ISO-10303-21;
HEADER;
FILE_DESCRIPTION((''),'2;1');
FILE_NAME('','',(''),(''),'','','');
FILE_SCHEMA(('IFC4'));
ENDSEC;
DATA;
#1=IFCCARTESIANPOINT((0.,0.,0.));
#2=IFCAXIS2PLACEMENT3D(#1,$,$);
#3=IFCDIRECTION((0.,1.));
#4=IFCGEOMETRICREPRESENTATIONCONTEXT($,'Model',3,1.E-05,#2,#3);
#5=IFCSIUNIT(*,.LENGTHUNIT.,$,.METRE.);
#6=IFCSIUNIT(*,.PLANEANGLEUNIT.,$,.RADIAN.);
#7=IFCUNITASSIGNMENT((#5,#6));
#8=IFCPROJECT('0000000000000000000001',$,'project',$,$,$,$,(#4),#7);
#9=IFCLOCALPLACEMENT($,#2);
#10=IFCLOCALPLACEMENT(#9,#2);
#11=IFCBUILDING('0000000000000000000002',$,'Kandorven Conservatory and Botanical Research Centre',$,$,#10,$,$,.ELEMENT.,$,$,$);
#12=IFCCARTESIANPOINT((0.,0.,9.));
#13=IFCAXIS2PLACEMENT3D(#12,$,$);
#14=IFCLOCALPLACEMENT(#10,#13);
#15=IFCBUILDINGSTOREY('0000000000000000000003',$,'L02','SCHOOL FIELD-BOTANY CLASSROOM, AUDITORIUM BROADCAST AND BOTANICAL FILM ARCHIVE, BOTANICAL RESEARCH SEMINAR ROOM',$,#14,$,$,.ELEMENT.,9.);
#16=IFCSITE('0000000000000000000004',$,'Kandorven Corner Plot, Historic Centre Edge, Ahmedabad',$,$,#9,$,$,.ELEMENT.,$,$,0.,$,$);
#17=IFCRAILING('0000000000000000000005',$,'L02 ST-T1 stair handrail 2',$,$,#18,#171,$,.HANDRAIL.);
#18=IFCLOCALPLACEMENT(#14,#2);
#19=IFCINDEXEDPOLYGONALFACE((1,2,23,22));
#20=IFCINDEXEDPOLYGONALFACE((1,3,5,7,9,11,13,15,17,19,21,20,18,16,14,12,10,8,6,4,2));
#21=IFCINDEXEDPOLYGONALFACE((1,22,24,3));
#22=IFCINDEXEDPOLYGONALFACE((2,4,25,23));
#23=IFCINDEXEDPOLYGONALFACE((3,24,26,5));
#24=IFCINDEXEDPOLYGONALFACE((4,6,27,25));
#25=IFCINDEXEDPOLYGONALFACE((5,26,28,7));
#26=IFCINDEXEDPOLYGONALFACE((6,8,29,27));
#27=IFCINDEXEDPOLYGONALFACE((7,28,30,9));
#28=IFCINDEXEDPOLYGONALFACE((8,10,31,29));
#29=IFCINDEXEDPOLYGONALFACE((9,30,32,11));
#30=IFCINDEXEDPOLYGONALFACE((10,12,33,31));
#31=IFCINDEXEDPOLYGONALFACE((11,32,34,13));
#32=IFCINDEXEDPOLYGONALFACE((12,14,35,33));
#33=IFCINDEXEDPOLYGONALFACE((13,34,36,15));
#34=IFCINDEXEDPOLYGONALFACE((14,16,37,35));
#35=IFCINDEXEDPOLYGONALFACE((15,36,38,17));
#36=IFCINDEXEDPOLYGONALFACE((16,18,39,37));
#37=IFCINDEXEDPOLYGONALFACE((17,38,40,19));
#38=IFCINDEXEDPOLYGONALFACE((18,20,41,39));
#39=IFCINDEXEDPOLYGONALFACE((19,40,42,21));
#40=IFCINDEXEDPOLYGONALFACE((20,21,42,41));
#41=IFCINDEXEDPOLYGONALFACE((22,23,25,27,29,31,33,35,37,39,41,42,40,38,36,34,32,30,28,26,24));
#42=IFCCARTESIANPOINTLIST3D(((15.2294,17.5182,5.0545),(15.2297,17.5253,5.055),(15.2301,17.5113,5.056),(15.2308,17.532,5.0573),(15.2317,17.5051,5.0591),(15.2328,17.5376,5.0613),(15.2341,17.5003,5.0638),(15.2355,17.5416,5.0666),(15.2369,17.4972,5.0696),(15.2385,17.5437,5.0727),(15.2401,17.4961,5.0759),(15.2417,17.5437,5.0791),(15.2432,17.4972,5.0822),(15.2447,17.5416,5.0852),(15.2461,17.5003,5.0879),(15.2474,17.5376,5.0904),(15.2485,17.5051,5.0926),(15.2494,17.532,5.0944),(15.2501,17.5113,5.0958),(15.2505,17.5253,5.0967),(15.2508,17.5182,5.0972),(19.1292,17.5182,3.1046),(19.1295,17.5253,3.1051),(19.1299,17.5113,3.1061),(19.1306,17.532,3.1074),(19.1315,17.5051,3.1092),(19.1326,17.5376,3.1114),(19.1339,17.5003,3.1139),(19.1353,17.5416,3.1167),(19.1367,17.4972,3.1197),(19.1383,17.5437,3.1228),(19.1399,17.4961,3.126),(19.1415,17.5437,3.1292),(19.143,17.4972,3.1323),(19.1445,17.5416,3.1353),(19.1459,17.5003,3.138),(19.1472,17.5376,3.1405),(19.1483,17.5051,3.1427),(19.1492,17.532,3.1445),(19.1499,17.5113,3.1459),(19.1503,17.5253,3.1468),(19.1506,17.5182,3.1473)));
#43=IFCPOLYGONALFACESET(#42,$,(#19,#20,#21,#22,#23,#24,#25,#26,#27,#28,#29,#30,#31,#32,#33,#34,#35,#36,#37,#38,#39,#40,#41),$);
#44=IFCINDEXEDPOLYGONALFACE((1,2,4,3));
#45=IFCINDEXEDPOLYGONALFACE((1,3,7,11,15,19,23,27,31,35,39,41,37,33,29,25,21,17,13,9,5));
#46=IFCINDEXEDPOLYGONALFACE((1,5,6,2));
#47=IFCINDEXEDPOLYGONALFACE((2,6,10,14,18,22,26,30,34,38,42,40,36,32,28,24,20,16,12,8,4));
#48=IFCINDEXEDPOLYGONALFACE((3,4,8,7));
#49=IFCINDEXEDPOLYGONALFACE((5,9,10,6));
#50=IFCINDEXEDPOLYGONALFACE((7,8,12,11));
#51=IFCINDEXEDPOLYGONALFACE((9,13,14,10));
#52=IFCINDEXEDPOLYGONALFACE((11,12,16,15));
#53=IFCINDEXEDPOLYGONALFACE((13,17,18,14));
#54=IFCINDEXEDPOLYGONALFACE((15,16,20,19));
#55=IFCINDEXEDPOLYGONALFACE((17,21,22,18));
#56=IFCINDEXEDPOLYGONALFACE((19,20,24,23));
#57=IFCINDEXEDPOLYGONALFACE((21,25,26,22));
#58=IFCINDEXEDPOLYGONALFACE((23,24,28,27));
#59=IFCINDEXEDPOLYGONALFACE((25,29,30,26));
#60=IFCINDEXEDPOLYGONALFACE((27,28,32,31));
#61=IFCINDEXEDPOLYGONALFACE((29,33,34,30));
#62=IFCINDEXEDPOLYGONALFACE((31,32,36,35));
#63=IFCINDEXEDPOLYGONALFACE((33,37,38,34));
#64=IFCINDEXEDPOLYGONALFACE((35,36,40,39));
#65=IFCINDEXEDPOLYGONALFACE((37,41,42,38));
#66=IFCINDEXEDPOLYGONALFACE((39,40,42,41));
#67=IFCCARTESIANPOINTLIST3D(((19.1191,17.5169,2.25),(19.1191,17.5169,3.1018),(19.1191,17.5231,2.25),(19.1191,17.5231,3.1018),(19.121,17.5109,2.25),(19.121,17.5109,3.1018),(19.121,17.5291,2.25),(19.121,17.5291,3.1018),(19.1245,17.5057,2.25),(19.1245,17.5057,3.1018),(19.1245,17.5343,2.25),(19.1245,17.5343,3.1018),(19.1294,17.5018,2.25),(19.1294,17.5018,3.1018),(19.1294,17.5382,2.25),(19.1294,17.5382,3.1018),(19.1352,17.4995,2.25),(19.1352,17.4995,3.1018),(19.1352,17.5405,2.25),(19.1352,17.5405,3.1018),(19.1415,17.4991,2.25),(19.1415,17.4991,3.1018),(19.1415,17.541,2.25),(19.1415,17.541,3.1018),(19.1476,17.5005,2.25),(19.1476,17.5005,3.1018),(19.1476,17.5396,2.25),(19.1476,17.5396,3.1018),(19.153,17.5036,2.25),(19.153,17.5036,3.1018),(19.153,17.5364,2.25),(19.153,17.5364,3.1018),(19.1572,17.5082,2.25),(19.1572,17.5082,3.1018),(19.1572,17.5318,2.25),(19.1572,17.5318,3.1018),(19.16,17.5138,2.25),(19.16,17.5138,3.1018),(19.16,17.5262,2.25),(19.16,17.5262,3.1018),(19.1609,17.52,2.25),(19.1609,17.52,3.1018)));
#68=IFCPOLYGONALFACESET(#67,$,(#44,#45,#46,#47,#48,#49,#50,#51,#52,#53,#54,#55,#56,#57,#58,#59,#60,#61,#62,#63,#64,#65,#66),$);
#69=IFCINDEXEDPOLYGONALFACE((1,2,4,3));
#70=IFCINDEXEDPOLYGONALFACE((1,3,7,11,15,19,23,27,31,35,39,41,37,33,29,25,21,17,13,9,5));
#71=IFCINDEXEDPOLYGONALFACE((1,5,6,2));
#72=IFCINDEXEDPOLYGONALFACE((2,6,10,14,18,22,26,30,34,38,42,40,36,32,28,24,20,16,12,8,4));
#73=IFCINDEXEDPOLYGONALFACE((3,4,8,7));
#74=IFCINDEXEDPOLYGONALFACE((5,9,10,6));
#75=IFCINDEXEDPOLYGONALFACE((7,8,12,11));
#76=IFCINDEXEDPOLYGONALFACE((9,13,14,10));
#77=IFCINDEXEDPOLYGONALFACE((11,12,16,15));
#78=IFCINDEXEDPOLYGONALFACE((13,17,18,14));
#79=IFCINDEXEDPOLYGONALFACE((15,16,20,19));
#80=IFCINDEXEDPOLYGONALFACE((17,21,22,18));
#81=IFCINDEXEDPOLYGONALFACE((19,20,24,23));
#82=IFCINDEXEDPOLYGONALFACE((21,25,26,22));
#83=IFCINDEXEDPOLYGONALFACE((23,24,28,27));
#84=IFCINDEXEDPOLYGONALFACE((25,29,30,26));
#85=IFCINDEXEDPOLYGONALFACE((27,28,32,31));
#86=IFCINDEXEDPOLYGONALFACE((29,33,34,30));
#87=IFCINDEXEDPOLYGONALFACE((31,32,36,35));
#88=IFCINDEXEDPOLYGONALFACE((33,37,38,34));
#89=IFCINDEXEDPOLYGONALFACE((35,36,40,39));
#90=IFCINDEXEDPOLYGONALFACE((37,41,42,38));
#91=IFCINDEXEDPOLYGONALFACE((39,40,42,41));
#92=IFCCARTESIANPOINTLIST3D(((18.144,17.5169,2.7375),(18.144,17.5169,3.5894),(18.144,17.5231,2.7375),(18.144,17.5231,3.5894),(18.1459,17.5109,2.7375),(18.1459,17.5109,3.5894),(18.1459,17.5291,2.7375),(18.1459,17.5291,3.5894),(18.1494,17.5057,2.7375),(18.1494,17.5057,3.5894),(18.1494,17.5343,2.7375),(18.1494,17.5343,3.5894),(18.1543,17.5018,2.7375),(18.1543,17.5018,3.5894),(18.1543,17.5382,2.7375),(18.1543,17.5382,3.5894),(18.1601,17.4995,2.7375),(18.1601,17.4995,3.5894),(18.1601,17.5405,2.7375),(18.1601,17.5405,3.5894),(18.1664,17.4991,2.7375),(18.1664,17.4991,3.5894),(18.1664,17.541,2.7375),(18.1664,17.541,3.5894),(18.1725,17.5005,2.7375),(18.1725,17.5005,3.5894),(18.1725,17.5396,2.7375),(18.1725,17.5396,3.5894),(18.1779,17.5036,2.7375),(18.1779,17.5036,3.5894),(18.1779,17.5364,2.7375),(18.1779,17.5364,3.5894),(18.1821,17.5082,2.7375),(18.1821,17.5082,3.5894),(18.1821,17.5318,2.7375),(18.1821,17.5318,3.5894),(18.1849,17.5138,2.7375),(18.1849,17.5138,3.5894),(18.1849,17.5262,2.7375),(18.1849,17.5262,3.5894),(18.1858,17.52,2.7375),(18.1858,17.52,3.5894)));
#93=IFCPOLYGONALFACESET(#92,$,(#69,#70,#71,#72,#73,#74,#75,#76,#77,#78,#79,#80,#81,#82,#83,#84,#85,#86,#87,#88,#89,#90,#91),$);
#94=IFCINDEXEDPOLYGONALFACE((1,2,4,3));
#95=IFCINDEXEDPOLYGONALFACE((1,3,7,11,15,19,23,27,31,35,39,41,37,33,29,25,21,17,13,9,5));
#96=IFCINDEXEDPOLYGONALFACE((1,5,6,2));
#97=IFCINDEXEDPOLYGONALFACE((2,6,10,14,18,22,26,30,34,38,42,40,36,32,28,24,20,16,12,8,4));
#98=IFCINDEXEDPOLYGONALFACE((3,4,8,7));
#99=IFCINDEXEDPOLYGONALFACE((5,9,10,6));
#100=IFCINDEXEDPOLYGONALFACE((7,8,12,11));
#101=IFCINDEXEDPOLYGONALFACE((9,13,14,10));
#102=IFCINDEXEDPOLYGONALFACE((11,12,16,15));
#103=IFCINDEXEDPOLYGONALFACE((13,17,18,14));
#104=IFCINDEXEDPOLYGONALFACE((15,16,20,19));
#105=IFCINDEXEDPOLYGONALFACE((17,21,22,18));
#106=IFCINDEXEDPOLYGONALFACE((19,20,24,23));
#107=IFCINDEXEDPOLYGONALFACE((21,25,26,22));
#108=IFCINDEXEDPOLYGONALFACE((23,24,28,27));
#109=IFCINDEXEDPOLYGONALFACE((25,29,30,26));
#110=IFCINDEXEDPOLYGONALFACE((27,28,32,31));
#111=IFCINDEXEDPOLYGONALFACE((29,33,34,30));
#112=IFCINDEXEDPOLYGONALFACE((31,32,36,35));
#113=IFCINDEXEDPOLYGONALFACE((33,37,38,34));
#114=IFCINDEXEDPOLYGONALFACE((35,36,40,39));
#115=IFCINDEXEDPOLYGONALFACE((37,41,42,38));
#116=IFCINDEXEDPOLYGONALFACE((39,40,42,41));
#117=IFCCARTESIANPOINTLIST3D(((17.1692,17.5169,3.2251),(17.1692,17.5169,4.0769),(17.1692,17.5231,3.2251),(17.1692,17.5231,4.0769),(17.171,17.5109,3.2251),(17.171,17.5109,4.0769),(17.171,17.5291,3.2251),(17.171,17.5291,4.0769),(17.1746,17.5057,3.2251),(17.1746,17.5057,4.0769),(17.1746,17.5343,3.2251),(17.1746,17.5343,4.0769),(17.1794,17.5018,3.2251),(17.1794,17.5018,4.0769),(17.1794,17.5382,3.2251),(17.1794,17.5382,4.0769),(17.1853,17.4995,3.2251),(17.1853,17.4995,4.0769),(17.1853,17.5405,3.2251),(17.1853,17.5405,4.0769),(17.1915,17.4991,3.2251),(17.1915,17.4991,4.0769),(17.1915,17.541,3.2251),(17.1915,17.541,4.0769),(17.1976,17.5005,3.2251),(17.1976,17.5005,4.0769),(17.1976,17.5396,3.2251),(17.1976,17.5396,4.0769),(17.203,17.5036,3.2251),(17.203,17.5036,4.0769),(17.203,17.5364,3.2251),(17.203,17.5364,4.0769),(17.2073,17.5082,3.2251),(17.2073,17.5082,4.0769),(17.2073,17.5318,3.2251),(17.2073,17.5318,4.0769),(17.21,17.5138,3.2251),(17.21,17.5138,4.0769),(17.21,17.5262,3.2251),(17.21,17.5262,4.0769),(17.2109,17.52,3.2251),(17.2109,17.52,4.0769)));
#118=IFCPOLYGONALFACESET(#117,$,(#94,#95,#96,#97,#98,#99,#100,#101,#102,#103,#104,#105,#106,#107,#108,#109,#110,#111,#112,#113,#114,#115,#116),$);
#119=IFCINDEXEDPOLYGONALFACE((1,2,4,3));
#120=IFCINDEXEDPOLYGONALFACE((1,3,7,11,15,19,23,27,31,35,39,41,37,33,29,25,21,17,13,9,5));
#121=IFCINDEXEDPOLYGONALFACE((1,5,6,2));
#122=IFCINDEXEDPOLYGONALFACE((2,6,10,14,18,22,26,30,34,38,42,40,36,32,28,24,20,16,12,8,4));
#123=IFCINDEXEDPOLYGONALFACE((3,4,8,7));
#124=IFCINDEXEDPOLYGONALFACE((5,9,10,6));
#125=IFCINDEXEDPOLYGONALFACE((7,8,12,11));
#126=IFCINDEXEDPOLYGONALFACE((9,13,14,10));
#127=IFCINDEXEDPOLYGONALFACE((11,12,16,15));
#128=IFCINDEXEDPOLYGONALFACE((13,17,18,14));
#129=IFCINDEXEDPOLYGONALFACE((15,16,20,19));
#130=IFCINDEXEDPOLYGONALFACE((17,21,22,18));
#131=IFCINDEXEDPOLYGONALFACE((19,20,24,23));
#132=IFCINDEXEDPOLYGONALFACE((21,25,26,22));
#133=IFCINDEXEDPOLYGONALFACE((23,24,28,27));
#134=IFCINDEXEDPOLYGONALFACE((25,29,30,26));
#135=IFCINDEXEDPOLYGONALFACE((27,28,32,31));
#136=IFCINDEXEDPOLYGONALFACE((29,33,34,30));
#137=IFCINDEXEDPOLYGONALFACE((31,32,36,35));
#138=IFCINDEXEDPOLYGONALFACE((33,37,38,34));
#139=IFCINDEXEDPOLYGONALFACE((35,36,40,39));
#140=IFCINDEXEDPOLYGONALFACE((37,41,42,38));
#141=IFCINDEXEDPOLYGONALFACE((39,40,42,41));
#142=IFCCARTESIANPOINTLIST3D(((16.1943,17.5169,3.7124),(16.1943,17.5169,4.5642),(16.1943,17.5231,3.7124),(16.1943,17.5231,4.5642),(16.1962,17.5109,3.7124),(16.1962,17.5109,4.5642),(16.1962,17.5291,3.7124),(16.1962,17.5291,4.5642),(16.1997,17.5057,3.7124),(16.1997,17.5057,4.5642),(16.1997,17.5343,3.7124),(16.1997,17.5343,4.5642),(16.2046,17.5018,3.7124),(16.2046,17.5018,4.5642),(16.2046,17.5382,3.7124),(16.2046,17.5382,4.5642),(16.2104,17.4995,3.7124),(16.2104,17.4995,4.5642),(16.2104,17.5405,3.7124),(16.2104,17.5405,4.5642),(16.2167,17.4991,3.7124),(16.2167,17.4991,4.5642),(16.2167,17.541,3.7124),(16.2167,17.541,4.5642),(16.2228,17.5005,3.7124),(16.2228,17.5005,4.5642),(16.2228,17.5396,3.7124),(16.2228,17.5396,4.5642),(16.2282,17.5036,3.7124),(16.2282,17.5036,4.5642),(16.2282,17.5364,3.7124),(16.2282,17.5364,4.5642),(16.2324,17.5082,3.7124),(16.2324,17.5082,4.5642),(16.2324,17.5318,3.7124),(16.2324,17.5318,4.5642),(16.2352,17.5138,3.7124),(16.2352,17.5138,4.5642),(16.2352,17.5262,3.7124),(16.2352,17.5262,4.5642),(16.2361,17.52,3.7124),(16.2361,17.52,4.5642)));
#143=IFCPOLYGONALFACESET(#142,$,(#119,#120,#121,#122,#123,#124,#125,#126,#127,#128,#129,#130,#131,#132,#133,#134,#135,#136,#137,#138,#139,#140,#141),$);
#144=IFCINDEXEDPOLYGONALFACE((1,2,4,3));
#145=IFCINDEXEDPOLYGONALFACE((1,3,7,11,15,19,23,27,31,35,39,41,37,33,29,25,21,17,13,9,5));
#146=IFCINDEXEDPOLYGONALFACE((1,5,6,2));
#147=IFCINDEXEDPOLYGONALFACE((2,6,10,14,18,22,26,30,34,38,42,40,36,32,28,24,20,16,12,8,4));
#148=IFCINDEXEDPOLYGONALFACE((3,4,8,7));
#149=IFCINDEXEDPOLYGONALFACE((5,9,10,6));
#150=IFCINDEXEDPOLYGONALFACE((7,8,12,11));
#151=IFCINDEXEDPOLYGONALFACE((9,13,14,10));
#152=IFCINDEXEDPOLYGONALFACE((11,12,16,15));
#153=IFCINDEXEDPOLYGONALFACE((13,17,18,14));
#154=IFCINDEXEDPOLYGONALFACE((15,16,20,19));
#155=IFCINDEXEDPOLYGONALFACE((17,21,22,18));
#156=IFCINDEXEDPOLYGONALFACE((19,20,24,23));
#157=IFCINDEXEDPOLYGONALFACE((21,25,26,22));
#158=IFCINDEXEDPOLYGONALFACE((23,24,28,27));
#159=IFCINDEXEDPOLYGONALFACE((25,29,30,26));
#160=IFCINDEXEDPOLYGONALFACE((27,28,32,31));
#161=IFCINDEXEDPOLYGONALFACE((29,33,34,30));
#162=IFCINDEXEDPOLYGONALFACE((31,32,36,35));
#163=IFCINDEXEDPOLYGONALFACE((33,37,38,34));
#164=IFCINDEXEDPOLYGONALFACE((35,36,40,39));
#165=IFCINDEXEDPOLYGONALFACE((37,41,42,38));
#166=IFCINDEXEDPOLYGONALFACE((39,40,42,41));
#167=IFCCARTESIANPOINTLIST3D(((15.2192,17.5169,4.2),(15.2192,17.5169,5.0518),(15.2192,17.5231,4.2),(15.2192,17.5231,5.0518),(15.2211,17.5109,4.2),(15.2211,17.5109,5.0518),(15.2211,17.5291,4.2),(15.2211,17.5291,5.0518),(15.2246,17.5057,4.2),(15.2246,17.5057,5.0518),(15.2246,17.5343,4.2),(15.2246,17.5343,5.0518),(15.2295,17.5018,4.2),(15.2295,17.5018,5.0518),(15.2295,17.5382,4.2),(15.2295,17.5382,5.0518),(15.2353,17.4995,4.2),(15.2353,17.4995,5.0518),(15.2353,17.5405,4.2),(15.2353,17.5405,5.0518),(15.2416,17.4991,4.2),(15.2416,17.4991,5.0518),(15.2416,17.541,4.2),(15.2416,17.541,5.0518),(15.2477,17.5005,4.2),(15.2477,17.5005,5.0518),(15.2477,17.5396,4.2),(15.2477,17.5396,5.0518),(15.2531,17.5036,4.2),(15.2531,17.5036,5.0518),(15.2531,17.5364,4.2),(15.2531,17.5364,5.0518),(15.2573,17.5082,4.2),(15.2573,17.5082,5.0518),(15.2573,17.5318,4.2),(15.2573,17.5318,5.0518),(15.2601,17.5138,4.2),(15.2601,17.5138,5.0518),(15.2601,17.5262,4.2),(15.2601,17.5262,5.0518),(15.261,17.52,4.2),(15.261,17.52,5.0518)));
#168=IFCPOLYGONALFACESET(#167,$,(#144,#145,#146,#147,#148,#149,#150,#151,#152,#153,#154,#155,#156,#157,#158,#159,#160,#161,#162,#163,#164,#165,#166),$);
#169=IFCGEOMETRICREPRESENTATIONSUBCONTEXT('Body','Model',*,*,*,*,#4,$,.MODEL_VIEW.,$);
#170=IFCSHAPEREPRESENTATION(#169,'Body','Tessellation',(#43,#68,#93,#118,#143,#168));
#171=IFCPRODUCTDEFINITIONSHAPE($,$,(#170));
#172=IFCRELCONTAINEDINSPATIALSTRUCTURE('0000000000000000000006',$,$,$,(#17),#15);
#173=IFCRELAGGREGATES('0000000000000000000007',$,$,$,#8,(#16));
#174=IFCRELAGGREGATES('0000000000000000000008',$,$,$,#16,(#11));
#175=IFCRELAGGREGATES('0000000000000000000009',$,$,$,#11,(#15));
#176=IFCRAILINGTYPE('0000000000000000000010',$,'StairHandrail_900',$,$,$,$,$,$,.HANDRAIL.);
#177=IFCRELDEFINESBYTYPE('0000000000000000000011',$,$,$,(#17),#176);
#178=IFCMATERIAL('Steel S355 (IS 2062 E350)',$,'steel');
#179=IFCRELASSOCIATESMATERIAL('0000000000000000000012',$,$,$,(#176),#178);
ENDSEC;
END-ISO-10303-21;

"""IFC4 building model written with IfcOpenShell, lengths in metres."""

from ifc_helpers import new_model, si_unit, direction, frame, origin, origin_2d, place, context, subcontext, project, spatial, circle, extrude, material, type_object, element, save


model = new_model("IFC4")

# Units and contexts
model_context = context("Model", 3, precision=1e-05, world=origin(), true_north=direction((0.0, 1.0)))
body_context = subcontext(model_context, "Body", "Model", "MODEL_VIEW")
ifc_project = project(units=[si_unit("LENGTHUNIT", "METRE"), si_unit("PLANEANGLEUNIT", "RADIAN")], contexts=[model_context])

# Site, building, storey
site_placement = place(None, origin())
site = spatial("IfcSite", under=ifc_project, at=site_placement, Name="Kandorven Corner Plot, Historic Centre Edge, Ahmedabad", CompositionType="ELEMENT", RefElevation=0.0)
building_placement = place(site_placement, origin())
building = spatial("IfcBuilding", under=site, at=building_placement, Name="Kandorven Conservatory and Botanical Research Centre", CompositionType="ELEMENT")
storey_placement = place(building_placement, frame((0.0, 0.0, 9.0)))
storey = spatial("IfcBuildingStorey", under=building, at=storey_placement, Name="L02", Description="SCHOOL FIELD-BOTANY CLASSROOM, AUDITORIUM BROADCAST AND BOTANICAL FILM ARCHIVE, BOTANICAL RESEARCH SEMINAR ROOM", CompositionType="ELEMENT", Elevation=9.0)

# Railing
ifc_material_1 = material(Name="Steel S355 (IS 2062 E350)", Category="steel")
railing_type_1 = type_object("IfcRailingType", Name="StairHandrail_900", PredefinedType="HANDRAIL", material=ifc_material_1)
railing_1_placement = place(storey_placement, frame((19.1399, 17.52, 2.25)))
element("IfcRailing", 1, at=railing_1_placement, inside=storey, type_object=railing_type_1, Name="L02 ST-T1 stair handrail 2", PredefinedType="HANDRAIL", context=body_context, shape_type="SweptSolid", body=[
    extrude(circle(Radius=0.0239, at=origin_2d()), frame((0.0, 0.0, 0.876), z_axis=(-0.894427, 0.0, 0.447214), x_axis=(0.0, -1.0, 0.0)), (0.0, 0.0, 1.0), 4.3601),
    extrude(circle(Radius=0.021, at=origin_2d()), origin(), (0.0, 0.0, 1.0), 0.8518),
    extrude(circle(Radius=0.021, at=origin_2d()), frame((-0.9751, 0.0, 0.4875)), (0.0, 0.0, 1.0), 0.8518),
    extrude(circle(Radius=0.021, at=origin_2d()), frame((-1.95, 0.0, 0.9751)), (0.0, 0.0, 1.0), 0.8518),
    extrude(circle(Radius=0.021, at=origin_2d()), frame((-2.9248, 0.0, 1.4624)), (0.0, 0.0, 1.0), 0.8518),
    extrude(circle(Radius=0.021, at=origin_2d()), frame((-3.8999, 0.0, 1.95)), (0.0, 0.0, 1.0), 0.8518),
])

save(model, "model.ifc")
